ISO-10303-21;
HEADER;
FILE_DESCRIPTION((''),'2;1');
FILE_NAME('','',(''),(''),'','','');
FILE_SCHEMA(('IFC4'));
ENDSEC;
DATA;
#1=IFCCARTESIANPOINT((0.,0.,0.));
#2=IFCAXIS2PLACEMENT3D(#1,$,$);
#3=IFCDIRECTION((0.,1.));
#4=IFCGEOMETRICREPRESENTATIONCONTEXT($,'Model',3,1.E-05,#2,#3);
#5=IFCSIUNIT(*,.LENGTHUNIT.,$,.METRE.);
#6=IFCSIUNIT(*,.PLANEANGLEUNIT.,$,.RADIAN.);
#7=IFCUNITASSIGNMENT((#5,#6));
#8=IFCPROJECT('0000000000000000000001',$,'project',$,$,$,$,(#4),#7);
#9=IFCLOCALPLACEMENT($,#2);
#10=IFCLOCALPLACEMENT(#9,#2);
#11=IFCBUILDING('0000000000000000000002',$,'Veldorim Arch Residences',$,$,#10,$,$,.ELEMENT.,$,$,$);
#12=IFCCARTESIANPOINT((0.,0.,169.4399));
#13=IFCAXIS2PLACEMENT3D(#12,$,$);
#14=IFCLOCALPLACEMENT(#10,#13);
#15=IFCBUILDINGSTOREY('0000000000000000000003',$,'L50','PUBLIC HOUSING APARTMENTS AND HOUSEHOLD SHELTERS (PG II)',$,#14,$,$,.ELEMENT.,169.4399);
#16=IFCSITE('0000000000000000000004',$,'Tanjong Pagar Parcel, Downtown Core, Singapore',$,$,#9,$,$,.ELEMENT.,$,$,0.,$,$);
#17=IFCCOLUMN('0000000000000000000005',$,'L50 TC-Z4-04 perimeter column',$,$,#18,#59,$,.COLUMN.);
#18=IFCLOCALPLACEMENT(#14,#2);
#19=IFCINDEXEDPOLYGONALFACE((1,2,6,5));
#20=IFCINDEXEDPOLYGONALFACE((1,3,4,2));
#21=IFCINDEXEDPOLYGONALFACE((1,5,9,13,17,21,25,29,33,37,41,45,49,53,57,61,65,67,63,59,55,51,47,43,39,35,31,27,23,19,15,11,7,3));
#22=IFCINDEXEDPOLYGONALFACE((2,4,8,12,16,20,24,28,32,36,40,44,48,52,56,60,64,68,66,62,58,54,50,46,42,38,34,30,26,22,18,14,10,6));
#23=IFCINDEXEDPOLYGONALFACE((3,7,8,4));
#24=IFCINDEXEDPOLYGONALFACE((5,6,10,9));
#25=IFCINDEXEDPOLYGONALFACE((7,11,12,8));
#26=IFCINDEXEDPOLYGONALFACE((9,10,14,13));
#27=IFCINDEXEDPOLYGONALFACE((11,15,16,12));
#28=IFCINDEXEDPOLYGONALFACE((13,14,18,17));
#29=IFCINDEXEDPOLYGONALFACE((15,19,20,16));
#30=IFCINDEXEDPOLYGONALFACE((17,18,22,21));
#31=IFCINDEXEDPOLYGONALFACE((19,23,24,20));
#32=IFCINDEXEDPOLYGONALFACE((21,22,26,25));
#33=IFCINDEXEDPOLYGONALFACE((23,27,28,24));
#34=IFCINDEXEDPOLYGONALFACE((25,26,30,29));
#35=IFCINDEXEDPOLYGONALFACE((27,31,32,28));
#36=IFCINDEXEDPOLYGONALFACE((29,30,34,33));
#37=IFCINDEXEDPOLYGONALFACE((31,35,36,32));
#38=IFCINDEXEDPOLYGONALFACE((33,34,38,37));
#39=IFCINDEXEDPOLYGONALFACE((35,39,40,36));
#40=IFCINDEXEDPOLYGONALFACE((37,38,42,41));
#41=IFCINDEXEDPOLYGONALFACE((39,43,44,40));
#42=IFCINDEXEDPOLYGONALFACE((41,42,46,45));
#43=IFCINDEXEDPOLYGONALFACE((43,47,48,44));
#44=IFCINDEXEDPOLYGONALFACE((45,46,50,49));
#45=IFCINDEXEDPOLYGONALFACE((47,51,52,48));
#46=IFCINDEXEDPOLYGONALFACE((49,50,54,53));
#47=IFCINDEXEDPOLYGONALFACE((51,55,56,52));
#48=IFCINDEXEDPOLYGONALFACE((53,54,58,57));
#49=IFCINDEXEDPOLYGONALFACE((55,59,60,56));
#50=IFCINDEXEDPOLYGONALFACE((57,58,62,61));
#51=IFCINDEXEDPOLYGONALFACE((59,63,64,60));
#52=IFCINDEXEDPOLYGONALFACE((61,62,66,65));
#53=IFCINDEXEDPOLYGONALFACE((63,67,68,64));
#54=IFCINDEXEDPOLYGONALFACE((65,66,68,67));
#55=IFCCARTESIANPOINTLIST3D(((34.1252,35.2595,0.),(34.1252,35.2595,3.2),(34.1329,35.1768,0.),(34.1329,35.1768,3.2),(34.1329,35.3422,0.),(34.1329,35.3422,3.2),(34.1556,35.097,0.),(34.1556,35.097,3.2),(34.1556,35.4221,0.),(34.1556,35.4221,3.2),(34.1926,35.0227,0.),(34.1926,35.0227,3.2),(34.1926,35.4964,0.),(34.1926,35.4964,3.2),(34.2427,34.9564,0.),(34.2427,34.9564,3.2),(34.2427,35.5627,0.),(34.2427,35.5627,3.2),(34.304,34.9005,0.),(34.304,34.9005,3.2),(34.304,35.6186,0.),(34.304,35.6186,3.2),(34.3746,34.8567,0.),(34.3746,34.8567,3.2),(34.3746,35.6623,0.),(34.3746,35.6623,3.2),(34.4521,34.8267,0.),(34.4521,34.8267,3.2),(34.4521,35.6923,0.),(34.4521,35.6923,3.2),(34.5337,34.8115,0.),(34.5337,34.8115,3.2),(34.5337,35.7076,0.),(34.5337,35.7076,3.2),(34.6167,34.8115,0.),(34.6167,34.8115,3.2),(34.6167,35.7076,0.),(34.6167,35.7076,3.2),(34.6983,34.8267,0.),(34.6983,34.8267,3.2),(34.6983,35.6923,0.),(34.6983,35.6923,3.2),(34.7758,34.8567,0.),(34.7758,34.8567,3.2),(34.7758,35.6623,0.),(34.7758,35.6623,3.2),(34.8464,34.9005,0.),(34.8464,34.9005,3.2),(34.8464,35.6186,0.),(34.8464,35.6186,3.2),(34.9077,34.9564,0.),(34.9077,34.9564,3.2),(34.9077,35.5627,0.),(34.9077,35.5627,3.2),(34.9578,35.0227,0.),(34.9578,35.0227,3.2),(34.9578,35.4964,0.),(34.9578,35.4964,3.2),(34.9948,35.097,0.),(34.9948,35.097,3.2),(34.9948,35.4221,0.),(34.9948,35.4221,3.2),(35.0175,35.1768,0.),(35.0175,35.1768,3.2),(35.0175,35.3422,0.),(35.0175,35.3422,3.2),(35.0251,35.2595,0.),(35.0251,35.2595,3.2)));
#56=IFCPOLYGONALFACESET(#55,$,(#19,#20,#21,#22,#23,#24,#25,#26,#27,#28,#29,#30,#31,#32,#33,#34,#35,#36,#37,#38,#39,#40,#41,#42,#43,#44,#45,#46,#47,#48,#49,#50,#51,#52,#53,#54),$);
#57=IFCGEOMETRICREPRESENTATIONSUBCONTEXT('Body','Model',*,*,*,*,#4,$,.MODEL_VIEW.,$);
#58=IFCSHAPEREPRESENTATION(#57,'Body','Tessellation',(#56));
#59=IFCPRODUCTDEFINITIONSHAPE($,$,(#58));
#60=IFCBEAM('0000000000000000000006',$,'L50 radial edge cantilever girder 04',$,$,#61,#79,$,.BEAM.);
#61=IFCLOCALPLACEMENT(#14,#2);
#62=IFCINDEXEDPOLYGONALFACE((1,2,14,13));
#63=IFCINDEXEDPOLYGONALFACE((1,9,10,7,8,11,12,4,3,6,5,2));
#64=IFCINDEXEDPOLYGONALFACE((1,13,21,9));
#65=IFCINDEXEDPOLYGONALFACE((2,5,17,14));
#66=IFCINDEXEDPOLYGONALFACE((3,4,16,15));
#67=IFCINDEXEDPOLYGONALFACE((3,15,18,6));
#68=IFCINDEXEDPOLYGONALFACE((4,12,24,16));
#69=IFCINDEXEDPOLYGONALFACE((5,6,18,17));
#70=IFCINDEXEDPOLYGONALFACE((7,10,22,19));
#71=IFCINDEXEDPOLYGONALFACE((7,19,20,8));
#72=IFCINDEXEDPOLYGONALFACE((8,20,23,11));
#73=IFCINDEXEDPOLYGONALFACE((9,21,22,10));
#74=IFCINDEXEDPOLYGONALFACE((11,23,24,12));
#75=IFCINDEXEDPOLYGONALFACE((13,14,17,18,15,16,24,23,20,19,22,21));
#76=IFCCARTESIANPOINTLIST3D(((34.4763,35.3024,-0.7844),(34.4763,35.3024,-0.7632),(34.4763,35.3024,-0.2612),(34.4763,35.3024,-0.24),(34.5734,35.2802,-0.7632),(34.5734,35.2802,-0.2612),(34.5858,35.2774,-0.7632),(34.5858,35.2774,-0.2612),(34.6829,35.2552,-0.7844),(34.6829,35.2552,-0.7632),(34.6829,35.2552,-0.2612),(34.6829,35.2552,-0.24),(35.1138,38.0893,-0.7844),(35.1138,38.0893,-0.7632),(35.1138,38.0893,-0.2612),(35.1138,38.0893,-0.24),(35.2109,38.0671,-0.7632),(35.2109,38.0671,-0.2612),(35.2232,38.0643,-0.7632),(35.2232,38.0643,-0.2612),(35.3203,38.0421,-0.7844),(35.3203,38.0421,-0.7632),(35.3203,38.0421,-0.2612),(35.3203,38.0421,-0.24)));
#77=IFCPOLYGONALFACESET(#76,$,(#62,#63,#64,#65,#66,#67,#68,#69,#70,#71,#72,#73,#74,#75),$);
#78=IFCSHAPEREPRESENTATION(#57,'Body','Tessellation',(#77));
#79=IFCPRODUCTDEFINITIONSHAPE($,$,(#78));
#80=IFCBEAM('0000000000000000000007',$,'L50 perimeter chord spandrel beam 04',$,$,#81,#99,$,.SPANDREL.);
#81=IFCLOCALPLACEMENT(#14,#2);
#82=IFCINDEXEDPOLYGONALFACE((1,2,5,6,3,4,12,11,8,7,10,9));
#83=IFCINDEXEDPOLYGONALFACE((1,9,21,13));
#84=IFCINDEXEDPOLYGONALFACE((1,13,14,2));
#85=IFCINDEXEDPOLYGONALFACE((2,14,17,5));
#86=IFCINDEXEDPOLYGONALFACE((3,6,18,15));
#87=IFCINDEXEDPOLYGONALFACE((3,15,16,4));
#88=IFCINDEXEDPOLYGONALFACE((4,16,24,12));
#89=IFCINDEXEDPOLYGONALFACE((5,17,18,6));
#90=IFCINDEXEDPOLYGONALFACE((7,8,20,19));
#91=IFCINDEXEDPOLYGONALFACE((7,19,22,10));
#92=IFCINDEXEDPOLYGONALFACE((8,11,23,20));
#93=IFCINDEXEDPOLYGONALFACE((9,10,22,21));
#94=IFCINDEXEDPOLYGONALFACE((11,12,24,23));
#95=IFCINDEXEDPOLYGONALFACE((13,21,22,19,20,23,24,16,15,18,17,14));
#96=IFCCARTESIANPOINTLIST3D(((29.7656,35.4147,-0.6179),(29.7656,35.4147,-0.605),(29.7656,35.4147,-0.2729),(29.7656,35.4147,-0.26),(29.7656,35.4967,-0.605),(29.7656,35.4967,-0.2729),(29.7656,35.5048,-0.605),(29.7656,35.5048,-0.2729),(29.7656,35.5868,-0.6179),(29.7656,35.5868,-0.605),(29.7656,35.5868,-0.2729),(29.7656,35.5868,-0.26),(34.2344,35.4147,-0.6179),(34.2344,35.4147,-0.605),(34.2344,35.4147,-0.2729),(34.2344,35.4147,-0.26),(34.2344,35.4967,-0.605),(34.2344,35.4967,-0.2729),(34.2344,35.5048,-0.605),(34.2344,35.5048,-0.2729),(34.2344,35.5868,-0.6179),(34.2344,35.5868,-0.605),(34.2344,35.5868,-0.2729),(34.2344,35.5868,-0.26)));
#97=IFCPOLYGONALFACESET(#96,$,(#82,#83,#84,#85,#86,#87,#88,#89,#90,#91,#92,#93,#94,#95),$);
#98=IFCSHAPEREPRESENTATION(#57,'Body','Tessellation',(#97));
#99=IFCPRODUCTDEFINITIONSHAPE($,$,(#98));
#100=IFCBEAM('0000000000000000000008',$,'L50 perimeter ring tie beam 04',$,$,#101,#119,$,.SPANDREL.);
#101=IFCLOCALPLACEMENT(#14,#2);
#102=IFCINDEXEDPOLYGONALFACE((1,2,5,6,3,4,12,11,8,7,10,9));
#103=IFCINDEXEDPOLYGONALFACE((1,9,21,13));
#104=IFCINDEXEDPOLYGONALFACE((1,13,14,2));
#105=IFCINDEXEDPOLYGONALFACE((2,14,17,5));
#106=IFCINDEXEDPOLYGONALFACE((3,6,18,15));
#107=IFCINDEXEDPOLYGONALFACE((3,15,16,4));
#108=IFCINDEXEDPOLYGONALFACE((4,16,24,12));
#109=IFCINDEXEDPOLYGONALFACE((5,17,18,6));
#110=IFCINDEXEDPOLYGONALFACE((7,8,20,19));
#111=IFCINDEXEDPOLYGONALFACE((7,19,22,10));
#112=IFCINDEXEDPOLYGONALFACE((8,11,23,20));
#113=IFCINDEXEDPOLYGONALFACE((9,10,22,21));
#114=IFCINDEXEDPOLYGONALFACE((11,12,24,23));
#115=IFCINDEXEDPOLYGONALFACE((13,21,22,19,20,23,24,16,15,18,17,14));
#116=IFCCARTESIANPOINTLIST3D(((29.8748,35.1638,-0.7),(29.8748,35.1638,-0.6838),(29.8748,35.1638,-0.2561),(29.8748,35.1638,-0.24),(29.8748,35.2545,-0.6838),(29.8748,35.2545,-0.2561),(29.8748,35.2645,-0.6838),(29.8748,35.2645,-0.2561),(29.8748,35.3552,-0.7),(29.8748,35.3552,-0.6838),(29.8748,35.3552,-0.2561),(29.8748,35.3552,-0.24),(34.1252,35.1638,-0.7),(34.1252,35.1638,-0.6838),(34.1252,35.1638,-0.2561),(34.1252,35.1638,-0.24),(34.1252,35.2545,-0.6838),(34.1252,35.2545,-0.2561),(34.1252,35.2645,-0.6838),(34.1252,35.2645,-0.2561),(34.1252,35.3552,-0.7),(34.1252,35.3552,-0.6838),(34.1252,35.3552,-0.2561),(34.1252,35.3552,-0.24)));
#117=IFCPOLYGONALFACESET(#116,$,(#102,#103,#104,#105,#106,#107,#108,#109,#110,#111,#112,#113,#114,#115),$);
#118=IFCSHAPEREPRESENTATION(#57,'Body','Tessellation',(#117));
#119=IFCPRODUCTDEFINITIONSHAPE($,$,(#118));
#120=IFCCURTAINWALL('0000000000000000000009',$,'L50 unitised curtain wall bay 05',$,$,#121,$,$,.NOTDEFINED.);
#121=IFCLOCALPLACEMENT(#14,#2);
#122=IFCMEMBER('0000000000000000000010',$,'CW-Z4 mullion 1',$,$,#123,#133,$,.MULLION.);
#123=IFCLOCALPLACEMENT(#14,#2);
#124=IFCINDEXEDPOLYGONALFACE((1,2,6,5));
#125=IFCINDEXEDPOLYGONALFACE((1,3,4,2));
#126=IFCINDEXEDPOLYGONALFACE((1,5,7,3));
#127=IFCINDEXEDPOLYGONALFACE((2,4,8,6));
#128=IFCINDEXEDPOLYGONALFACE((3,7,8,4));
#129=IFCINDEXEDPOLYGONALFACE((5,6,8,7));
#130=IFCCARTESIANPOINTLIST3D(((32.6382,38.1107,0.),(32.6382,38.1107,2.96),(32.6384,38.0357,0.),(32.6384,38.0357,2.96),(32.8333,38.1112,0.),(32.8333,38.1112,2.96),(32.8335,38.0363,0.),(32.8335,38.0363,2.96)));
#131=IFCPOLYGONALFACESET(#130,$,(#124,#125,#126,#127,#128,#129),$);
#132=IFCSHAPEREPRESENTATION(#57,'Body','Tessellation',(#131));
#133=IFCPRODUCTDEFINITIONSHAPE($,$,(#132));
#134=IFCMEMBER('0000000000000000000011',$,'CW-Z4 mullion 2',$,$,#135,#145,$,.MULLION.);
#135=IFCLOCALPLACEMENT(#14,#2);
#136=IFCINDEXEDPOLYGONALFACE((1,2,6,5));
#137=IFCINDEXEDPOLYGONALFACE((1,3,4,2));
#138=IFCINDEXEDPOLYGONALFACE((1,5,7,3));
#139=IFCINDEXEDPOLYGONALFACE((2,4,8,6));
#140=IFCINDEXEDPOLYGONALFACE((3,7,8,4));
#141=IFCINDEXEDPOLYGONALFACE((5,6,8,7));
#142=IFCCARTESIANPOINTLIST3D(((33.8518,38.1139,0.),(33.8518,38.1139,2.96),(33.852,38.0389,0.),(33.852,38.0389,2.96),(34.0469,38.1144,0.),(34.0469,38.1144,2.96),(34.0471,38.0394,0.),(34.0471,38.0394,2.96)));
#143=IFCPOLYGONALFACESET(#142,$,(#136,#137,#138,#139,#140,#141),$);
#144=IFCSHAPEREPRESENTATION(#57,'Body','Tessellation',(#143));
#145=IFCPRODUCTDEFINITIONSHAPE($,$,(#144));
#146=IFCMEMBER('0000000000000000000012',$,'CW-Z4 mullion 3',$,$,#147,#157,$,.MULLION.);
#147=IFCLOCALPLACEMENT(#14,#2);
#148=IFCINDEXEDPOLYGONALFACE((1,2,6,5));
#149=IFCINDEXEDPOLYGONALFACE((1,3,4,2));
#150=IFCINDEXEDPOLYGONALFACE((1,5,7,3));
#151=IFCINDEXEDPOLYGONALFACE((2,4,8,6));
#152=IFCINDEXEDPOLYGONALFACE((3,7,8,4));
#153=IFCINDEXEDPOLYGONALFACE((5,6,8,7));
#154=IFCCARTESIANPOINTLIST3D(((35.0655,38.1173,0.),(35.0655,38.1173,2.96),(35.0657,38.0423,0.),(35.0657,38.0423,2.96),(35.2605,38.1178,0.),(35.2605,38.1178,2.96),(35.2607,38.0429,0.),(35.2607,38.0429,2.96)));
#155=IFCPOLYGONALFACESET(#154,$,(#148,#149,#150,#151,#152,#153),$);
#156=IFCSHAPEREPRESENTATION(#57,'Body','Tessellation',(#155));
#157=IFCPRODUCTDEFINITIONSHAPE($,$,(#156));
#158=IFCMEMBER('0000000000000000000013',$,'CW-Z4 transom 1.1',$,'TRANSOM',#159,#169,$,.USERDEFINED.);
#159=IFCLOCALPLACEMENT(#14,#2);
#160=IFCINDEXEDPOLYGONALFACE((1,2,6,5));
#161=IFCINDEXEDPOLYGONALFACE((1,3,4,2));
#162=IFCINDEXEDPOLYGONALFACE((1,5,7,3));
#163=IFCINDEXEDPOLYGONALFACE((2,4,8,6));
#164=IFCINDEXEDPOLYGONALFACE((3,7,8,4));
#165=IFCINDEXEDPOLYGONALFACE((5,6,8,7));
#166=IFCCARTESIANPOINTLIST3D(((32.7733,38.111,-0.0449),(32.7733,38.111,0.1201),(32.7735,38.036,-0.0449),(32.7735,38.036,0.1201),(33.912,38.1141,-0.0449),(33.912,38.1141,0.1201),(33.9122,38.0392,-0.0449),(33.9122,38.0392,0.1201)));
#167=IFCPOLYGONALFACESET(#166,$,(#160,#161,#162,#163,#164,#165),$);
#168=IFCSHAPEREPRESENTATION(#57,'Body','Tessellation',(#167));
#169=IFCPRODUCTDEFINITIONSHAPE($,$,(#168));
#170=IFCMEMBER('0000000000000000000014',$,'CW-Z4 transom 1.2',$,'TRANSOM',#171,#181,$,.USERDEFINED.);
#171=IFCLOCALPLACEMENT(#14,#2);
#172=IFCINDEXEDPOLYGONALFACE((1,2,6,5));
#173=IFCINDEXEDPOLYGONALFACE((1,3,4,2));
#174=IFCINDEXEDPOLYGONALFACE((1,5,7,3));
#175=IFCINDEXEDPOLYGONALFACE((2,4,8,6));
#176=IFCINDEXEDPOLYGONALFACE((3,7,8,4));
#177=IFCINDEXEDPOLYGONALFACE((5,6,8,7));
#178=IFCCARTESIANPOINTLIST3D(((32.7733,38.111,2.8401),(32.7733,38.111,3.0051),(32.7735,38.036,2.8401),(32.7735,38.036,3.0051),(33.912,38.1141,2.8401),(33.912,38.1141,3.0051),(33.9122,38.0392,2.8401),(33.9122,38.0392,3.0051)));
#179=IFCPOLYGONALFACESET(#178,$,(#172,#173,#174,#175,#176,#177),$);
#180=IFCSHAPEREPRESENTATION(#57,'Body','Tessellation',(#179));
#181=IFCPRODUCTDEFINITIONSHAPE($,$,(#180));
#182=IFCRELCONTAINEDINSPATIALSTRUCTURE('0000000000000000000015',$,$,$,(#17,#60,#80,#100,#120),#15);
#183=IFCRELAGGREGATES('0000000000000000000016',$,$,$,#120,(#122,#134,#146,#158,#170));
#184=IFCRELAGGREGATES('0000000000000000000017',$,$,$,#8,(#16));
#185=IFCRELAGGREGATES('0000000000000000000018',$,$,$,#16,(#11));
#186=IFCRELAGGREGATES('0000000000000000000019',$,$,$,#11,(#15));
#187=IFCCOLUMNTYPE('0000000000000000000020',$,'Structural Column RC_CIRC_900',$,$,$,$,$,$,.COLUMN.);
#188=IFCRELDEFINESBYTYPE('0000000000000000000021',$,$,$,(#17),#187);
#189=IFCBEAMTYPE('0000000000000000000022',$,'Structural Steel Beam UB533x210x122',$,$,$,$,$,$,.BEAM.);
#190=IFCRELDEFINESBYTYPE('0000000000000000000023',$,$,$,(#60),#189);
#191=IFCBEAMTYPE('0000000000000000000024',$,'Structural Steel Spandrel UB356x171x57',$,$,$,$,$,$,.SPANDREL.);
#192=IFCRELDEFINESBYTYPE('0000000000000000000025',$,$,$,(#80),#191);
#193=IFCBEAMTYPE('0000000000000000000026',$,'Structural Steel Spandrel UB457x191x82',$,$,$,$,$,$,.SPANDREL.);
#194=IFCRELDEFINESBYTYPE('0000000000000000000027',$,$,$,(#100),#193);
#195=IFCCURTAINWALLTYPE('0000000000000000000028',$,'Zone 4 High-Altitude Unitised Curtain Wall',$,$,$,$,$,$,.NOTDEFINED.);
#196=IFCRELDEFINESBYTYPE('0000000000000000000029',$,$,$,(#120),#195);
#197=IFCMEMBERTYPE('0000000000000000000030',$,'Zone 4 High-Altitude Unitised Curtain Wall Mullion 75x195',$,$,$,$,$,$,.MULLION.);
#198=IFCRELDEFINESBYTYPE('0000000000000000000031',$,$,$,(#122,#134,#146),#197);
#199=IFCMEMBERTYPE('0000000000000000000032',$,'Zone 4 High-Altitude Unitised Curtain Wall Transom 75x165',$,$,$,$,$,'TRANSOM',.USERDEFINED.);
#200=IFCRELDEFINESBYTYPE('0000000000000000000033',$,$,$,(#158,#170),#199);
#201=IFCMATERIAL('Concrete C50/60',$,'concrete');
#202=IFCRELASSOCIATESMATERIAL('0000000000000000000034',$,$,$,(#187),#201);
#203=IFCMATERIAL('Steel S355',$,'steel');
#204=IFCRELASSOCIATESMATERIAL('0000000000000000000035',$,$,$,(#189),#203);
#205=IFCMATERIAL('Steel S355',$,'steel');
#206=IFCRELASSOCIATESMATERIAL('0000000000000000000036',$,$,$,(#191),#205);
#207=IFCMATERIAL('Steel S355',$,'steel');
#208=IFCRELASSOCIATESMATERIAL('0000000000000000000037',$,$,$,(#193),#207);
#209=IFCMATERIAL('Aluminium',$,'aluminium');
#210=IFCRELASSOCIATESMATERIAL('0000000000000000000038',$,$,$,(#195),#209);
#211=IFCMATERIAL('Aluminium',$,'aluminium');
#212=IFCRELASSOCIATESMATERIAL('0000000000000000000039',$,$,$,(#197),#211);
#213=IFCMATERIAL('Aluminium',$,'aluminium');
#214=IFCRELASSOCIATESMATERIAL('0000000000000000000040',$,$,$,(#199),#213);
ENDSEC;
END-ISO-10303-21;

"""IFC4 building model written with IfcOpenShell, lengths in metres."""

from ifc_helpers import new_model, si_unit, direction, frame, origin, origin_2d, place, context, subcontext, project, spatial, rectangle, circle, i_section, extrude, material, material_profile, profile_set, type_object, element, aggregate, save


model = new_model("IFC4")

# Units and contexts
model_context = context("Model", 3, precision=1e-05, world=origin(), true_north=direction((0.0, 1.0)))
body_context = subcontext(model_context, "Body", "Model", "MODEL_VIEW")
ifc_project = project(units=[si_unit("LENGTHUNIT", "METRE"), si_unit("PLANEANGLEUNIT", "RADIAN")], contexts=[model_context])

# Site, building, storey
site_placement = place(None, origin())
site = spatial("IfcSite", under=ifc_project, at=site_placement, Name="Tanjong Pagar Parcel, Downtown Core, Singapore", CompositionType="ELEMENT", RefElevation=0.0)
building_placement = place(site_placement, origin())
building = spatial("IfcBuilding", under=site, at=building_placement, Name="Veldorim Arch Residences", CompositionType="ELEMENT")
storey_placement = place(building_placement, frame((0.0, 0.0, 169.4399)))
storey = spatial("IfcBuildingStorey", under=building, at=storey_placement, Name="L50", Description="PUBLIC HOUSING APARTMENTS AND HOUSEHOLD SHELTERS (PG II)", CompositionType="ELEMENT", Elevation=169.4399)

# Column
ifc_material_1 = material(Name="Concrete C50/60", Category="concrete")
ifc_material_profile_1 = material_profile(ifc_material_1, circle(Radius=0.45, at=origin_2d()), Name="RC_CIRC_900")
ifc_profile_set_1 = profile_set([ifc_material_profile_1], Name="Concrete C50/60")
column_type = type_object("IfcColumnType", Name="Structural Column RC_CIRC_900", PredefinedType="COLUMN", material=ifc_profile_set_1)
column_placement = place(storey_placement, frame((34.5752, 35.2595, 0.0), z_axis=(0.0, 0.0, 1.0), x_axis=(1.0, 0.0, 0.0)))
element("IfcColumn", 1, at=column_placement, inside=storey, type_object=column_type, Name="L50 TC-Z4-04 perimeter column", PredefinedType="COLUMN", context=body_context, shape_type="SweptSolid", body=[
    extrude(circle(Radius=0.45, at=origin_2d()), origin(), (0.0, 0.0, 1.0), 3.2),
])

# Beams
ifc_material_2 = material(Name="Steel S355", Category="steel")
ifc_material_profile_2 = material_profile(ifc_material_2, i_section(OverallWidth=0.2119, OverallDepth=0.5444, WebThickness=0.0127, FlangeThickness=0.0212, at=origin_2d()), Name="UB533x210x122")
ifc_profile_set_2 = profile_set([ifc_material_profile_2], Name="Steel S355")
beam_type_1 = type_object("IfcBeamType", Name="Structural Steel Beam UB533x210x122", PredefinedType="BEAM", material=ifc_profile_set_2)
beam_1_placement = place(storey_placement, frame((34.5796, 35.2788, -0.5122), z_axis=(0.222976, 0.974824, 0.0), x_axis=(-0.974824, 0.222976, 0.0)))
element("IfcBeam", 2, at=beam_1_placement, inside=storey, type_object=beam_type_1, Name="L50 radial edge cantilever girder 04", PredefinedType="BEAM", context=body_context, shape_type="SweptSolid", body=[
    extrude(i_section(OverallWidth=0.2119, OverallDepth=0.5444, WebThickness=0.0127, FlangeThickness=0.0212, at=origin_2d()), origin(), (0.0, 0.0, 1.0), 2.8589),
])
ifc_material_3 = material(Name="Steel S355", Category="steel")
ifc_material_profile_3 = material_profile(ifc_material_3, i_section(OverallWidth=0.1721, OverallDepth=0.3579, WebThickness=0.0081, FlangeThickness=0.0129, at=origin_2d()), Name="UB356x171x57")
ifc_profile_set_3 = profile_set([ifc_material_profile_3], Name="Steel S355")
beam_type_2 = type_object("IfcBeamType", Name="Structural Steel Spandrel UB356x171x57", PredefinedType="SPANDREL", material=ifc_profile_set_3)
beam_2_placement = place(storey_placement, frame((34.2344, 35.5007, -0.439), z_axis=(-1.0, 0.0, 0.0), x_axis=(0.0, -1.0, 0.0)))
element("IfcBeam", 3, at=beam_2_placement, inside=storey, type_object=beam_type_2, Name="L50 perimeter chord spandrel beam 04", PredefinedType="SPANDREL", context=body_context, shape_type="SweptSolid", body=[
    extrude(i_section(OverallWidth=0.1721, OverallDepth=0.3579, WebThickness=0.0081, FlangeThickness=0.0129, at=origin_2d()), origin(), (0.0, 0.0, 1.0), 4.4688),
])
ifc_material_4 = material(Name="Steel S355", Category="steel")
ifc_material_profile_4 = material_profile(ifc_material_4, i_section(OverallWidth=0.1914, OverallDepth=0.46, WebThickness=0.01, FlangeThickness=0.0161, at=origin_2d()), Name="UB457x191x82")
ifc_profile_set_4 = profile_set([ifc_material_profile_4], Name="Steel S355")
beam_type_3 = type_object("IfcBeamType", Name="Structural Steel Spandrel UB457x191x82", PredefinedType="SPANDREL", material=ifc_profile_set_4)
beam_3_placement = place(storey_placement, frame((34.1252, 35.2595, -0.47), z_axis=(-1.0, 0.0, 0.0), x_axis=(0.0, -1.0, 0.0)))
element("IfcBeam", 4, at=beam_3_placement, inside=storey, type_object=beam_type_3, Name="L50 perimeter ring tie beam 04", PredefinedType="SPANDREL", context=body_context, shape_type="SweptSolid", body=[
    extrude(i_section(OverallWidth=0.1914, OverallDepth=0.46, WebThickness=0.01, FlangeThickness=0.0161, at=origin_2d()), origin(), (0.0, 0.0, 1.0), 4.2505),
])

# Curtain wall, members
ifc_material_5 = material(Name="Aluminium", Category="aluminium")
curtain_wall_type = type_object("IfcCurtainWallType", Name="Zone 4 High-Altitude Unitised Curtain Wall", PredefinedType="NOTDEFINED", material=ifc_material_5)
curtain_wall_placement = place(storey_placement, origin())
curtain_wall = element("IfcCurtainWall", 5, at=curtain_wall_placement, inside=storey, type_object=curtain_wall_type, Name="L50 unitised curtain wall bay 05", PredefinedType="NOTDEFINED")
ifc_material_6 = material(Name="Aluminium", Category="aluminium")
ifc_material_profile_5 = material_profile(ifc_material_6, rectangle(XDim=0.075, YDim=0.1951, at=origin_2d()), Name="ALU_MUL_75x195")
ifc_profile_set_5 = profile_set([ifc_material_profile_5], Name="Aluminium")
member_type_1 = type_object("IfcMemberType", Name="Zone 4 High-Altitude Unitised Curtain Wall Mullion 75x195", PredefinedType="MULLION", material=ifc_profile_set_5)
member_1_placement = place(storey_placement, frame((32.7358, 38.0735, 0.0), z_axis=(0.0, 0.0, 1.0), x_axis=(-0.002678, 0.999996, 0.0)))
member_1 = element("IfcMember", 6, at=member_1_placement, type_object=member_type_1, Name="CW-Z4 mullion 1", PredefinedType="MULLION", context=body_context, shape_type="SweptSolid", body=[
    extrude(rectangle(XDim=0.075, YDim=0.1951, at=origin_2d()), origin(), (0.0, 0.0, 1.0), 2.96),
])
member_2_placement = place(storey_placement, frame((33.9495, 38.0767, 0.0), z_axis=(0.0, 0.0, 1.0), x_axis=(-0.002678, 0.999996, 0.0)))
member_2 = element("IfcMember", 7, at=member_2_placement, type_object=member_type_1, Name="CW-Z4 mullion 2", PredefinedType="MULLION", context=body_context, shape_type="SweptSolid", body=[
    extrude(rectangle(XDim=0.075, YDim=0.1951, at=origin_2d()), origin(), (0.0, 0.0, 1.0), 2.96),
])
member_3_placement = place(storey_placement, frame((35.1631, 38.0801, 0.0), z_axis=(0.0, 0.0, 1.0), x_axis=(-0.002678, 0.999996, 0.0)))
member_3 = element("IfcMember", 8, at=member_3_placement, type_object=member_type_1, Name="CW-Z4 mullion 3", PredefinedType="MULLION", context=body_context, shape_type="SweptSolid", body=[
    extrude(rectangle(XDim=0.075, YDim=0.1951, at=origin_2d()), origin(), (0.0, 0.0, 1.0), 2.96),
])
ifc_material_7 = material(Name="Aluminium", Category="aluminium")
ifc_material_profile_6 = material_profile(ifc_material_7, rectangle(XDim=0.075, YDim=0.165, at=origin_2d()), Name="ALU_TRN_75x165")
ifc_profile_set_6 = profile_set([ifc_material_profile_6], Name="Aluminium")
member_type_2 = type_object("IfcMemberType", Name="Zone 4 High-Altitude Unitised Curtain Wall Transom 75x165", ElementType="TRANSOM", PredefinedType="USERDEFINED", material=ifc_profile_set_6)
member_4_placement = place(storey_placement, frame((32.7734, 38.0735, 0.0376), z_axis=(0.999996, 0.002787, 0.0), x_axis=(-0.002787, 0.999996, 0.0)))
member_4 = element("IfcMember", 9, at=member_4_placement, type_object=member_type_2, Name="CW-Z4 transom 1.1", ObjectType="TRANSOM", PredefinedType="USERDEFINED", context=body_context, shape_type="SweptSolid", body=[
    extrude(rectangle(XDim=0.075, YDim=0.165, at=origin_2d()), origin(), (0.0, 0.0, 1.0), 1.1387),
])
member_5_placement = place(storey_placement, frame((32.7734, 38.0735, 2.9226), z_axis=(0.999996, 0.002787, 0.0), x_axis=(-0.002787, 0.999996, 0.0)))
member_5 = element("IfcMember", 10, at=member_5_placement, type_object=member_type_2, Name="CW-Z4 transom 1.2", ObjectType="TRANSOM", PredefinedType="USERDEFINED", context=body_context, shape_type="SweptSolid", body=[
    extrude(rectangle(XDim=0.075, YDim=0.165, at=origin_2d()), origin(), (0.0, 0.0, 1.0), 1.1387),
])
aggregate(curtain_wall, [member_1, member_2, member_3, member_4, member_5])

save(model, "model.ifc")
